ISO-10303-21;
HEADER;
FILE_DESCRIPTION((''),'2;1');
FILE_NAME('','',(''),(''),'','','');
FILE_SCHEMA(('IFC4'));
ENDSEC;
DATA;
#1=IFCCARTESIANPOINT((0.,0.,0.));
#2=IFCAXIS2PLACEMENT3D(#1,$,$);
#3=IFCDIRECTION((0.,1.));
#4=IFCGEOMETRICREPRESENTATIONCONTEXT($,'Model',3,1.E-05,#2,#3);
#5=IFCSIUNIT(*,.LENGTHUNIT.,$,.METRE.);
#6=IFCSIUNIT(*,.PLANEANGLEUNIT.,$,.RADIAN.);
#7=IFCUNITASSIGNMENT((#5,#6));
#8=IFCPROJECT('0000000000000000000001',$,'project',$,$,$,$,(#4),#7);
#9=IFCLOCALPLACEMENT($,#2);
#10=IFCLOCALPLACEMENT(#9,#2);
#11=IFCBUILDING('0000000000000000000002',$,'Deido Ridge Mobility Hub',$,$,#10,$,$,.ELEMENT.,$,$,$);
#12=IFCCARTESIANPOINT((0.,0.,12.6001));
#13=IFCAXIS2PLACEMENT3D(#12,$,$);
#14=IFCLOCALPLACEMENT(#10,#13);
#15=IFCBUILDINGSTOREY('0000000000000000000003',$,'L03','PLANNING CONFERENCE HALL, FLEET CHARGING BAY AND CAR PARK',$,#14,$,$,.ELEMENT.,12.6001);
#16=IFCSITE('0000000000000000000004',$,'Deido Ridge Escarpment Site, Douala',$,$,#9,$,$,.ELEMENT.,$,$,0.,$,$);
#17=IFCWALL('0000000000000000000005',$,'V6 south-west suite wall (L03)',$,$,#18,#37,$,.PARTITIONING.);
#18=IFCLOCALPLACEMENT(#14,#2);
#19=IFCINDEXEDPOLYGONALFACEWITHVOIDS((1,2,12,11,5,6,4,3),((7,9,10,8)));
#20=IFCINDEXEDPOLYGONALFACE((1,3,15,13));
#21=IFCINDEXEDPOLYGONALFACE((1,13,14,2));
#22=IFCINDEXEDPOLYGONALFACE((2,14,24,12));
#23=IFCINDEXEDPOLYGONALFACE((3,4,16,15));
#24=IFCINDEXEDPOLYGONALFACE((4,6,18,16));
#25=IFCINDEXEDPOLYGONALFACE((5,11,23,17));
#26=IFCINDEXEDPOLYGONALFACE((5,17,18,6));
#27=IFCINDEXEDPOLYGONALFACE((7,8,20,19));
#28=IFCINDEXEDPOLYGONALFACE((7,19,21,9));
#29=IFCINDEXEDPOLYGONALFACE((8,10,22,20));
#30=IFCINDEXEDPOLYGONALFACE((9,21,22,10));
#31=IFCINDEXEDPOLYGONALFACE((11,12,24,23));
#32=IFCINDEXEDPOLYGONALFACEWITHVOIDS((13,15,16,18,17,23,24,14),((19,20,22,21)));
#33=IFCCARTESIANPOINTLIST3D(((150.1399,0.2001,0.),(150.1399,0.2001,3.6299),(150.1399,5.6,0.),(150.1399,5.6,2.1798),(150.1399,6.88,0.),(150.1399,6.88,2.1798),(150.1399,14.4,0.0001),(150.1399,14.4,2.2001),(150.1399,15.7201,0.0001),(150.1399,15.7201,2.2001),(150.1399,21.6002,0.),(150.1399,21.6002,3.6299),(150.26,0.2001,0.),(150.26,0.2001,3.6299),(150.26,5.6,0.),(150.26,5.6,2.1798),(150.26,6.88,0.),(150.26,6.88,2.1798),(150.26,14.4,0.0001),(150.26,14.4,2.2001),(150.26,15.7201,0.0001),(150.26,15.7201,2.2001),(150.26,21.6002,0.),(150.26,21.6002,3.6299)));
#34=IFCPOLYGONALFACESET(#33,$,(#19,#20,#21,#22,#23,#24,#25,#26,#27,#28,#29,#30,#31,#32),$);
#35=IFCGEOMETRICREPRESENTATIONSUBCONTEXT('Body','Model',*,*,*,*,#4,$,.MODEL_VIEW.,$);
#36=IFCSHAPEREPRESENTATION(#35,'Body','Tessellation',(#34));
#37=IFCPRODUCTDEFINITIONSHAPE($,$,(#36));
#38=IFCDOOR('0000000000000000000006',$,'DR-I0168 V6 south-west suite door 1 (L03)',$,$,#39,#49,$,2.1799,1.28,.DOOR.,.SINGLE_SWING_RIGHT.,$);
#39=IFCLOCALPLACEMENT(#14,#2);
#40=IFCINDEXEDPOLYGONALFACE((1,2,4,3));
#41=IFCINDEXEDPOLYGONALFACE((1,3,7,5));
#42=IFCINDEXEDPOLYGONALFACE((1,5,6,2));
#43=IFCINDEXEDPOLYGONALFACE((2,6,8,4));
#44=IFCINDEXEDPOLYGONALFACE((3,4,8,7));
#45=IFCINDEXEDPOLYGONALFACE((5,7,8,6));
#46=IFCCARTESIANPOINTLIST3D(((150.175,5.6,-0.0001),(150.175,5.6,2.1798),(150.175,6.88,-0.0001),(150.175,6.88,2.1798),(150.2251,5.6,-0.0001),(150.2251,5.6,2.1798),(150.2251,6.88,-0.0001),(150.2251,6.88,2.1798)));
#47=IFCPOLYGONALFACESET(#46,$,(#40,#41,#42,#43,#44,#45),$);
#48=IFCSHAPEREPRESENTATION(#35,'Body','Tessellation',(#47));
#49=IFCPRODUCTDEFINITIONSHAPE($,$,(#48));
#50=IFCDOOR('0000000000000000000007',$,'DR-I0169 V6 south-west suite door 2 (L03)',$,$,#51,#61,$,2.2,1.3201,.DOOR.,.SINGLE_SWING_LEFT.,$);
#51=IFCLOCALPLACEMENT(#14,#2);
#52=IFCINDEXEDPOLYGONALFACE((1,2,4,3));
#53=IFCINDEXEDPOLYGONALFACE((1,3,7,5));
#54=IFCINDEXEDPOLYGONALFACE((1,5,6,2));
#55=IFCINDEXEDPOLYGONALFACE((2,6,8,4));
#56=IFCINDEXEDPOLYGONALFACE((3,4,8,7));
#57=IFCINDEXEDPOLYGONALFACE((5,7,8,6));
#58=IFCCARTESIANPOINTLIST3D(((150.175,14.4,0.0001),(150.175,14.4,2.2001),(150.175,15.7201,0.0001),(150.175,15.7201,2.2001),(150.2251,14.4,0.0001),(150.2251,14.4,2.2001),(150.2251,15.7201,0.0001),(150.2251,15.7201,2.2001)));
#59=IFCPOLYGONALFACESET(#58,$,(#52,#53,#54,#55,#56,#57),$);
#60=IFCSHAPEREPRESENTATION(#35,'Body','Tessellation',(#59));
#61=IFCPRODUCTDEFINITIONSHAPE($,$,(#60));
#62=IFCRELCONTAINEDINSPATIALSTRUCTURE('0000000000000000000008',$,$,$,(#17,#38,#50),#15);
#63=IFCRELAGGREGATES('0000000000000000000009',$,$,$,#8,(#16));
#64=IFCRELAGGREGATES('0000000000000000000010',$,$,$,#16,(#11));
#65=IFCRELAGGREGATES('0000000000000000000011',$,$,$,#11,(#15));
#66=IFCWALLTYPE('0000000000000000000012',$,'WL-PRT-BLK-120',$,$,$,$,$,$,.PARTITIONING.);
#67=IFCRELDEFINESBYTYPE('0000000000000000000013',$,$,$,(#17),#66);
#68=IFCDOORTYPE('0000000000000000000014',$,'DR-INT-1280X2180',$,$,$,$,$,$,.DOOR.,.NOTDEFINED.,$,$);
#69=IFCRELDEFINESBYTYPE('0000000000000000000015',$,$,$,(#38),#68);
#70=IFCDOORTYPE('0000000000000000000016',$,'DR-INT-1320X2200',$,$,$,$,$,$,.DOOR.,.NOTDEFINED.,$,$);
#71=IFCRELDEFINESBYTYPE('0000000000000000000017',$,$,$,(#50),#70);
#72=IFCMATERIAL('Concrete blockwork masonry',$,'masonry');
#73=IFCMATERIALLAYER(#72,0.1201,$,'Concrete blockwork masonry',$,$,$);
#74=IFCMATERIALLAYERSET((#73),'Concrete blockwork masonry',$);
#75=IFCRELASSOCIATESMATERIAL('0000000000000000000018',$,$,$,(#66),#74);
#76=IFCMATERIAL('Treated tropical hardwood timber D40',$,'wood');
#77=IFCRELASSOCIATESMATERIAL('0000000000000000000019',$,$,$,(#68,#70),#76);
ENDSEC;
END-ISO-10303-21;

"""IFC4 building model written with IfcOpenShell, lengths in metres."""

from ifc_helpers import new_model, si_unit, direction, frame, frame_2d, origin, place, context, subcontext, project, spatial, rectangle, extrude, material, layer, layer_set, type_object, element, fill, save


model = new_model("IFC4")

# Units and contexts
model_context = context("Model", 3, precision=1e-05, world=origin(), true_north=direction((0.0, 1.0)))
body_context = subcontext(model_context, "Body", "Model", "MODEL_VIEW")
ifc_project = project(units=[si_unit("LENGTHUNIT", "METRE"), si_unit("PLANEANGLEUNIT", "RADIAN")], contexts=[model_context])

# Site, building, storey
site_placement = place(None, origin())
site = spatial("IfcSite", under=ifc_project, at=site_placement, Name="Deido Ridge Escarpment Site, Douala", CompositionType="ELEMENT", RefElevation=0.0)
building_placement = place(site_placement, origin())
building = spatial("IfcBuilding", under=site, at=building_placement, Name="Deido Ridge Mobility Hub", CompositionType="ELEMENT")
storey_placement = place(building_placement, frame((0.0, 0.0, 12.6001)))
storey = spatial("IfcBuildingStorey", under=building, at=storey_placement, Name="L03", Description="PLANNING CONFERENCE HALL, FLEET CHARGING BAY AND CAR PARK", CompositionType="ELEMENT", Elevation=12.6001)

# Shared definitions
ifc_material_1 = material(Name="Concrete blockwork masonry", Category="masonry")

# Shared definitions
ifc_material_2 = material(Name="Treated tropical hardwood timber D40", Category="wood")

# Wall, openings, doors
ifc_layer_1 = layer(ifc_material_1, 0.1201, Name="Concrete blockwork masonry")
ifc_layer_set_1 = layer_set([ifc_layer_1], Name="Concrete blockwork masonry")
wall_type_1 = type_object("IfcWallType", Name="WL-PRT-BLK-120", PredefinedType="PARTITIONING", material=ifc_layer_set_1)
wall_1_placement = place(storey_placement, frame((150.2, 0.2, 0.0), z_axis=(0.0, 0.0, 1.0), x_axis=(0.0, 1.0, 0.0)))
wall_1 = element("IfcWall", 1, at=wall_1_placement, inside=storey, type_object=wall_type_1, Name="V6 south-west suite wall (L03)", PredefinedType="PARTITIONING", context=body_context, shape_type="SweptSolid", body=[
    extrude(rectangle(XDim=21.4001, YDim=0.1201, at=frame_2d((10.7002, 0.0))), origin(), (0.0, 0.0, 1.0), 3.6299),
])
opening_1_placement = place(wall_1_placement, frame((5.3999, 0.0, 0.0)))
opening_1 = element("IfcOpeningElement", 2, at=opening_1_placement, cuts=wall_1, PredefinedType="OPENING", context=body_context, shape_type="SweptSolid", body=[
    extrude(rectangle(XDim=1.28, YDim=2.1799, at=frame_2d((0.6401, 1.0898))), frame((0.0, 0.0701, 0.0), z_axis=(0.0, -1.0, 0.0), x_axis=(1.0, 0.0, 0.0)), (0.0, 0.0, 1.0), 0.1401),
])
opening_2_placement = place(wall_1_placement, frame((14.2, 0.0, 0.0)))
opening_2 = element("IfcOpeningElement", 3, at=opening_2_placement, cuts=wall_1, PredefinedType="OPENING", context=body_context, shape_type="SweptSolid", body=[
    extrude(rectangle(XDim=1.3201, YDim=2.2, at=frame_2d((0.6602, 1.1001))), frame((0.0, 0.0701, 0.0), z_axis=(0.0, -1.0, 0.0), x_axis=(1.0, 0.0, 0.0)), (0.0, 0.0, 1.0), 0.1401),
])
door_type_1 = type_object("IfcDoorType", Name="DR-INT-1280X2180", OperationType="NOTDEFINED", PredefinedType="DOOR", material=ifc_material_2)
door_1_placement = place(opening_1_placement, origin())
door_1 = element("IfcDoor", 4, at=door_1_placement, inside=storey, type_object=door_type_1, Name="DR-I0168 V6 south-west suite door 1 (L03)", OperationType="SINGLE_SWING_RIGHT", OverallHeight=2.1799, OverallWidth=1.28, PredefinedType="DOOR", context=body_context, shape_type="SweptSolid", body=[
    extrude(rectangle(XDim=1.28, YDim=2.1799, at=frame_2d((0.6401, 1.0898))), frame((0.0, 0.0249, 0.0), z_axis=(0.0, -1.0, 0.0), x_axis=(1.0, 0.0, 0.0)), (0.0, 0.0, 1.0), 0.05),
])
fill(opening_1, door_1)
door_type_2 = type_object("IfcDoorType", Name="DR-INT-1320X2200", OperationType="NOTDEFINED", PredefinedType="DOOR", material=ifc_material_2)
door_2_placement = place(opening_2_placement, origin())
door_2 = element("IfcDoor", 5, at=door_2_placement, inside=storey, type_object=door_type_2, Name="DR-I0169 V6 south-west suite door 2 (L03)", OperationType="SINGLE_SWING_LEFT", OverallHeight=2.2, OverallWidth=1.3201, PredefinedType="DOOR", context=body_context, shape_type="SweptSolid", body=[
    extrude(rectangle(XDim=1.3201, YDim=2.2, at=frame_2d((0.6602, 1.1001))), frame((0.0, 0.0249, 0.0), z_axis=(0.0, -1.0, 0.0), x_axis=(1.0, 0.0, 0.0)), (0.0, 0.0, 1.0), 0.05),
])
fill(opening_2, door_2)

save(model, "model.ifc")
